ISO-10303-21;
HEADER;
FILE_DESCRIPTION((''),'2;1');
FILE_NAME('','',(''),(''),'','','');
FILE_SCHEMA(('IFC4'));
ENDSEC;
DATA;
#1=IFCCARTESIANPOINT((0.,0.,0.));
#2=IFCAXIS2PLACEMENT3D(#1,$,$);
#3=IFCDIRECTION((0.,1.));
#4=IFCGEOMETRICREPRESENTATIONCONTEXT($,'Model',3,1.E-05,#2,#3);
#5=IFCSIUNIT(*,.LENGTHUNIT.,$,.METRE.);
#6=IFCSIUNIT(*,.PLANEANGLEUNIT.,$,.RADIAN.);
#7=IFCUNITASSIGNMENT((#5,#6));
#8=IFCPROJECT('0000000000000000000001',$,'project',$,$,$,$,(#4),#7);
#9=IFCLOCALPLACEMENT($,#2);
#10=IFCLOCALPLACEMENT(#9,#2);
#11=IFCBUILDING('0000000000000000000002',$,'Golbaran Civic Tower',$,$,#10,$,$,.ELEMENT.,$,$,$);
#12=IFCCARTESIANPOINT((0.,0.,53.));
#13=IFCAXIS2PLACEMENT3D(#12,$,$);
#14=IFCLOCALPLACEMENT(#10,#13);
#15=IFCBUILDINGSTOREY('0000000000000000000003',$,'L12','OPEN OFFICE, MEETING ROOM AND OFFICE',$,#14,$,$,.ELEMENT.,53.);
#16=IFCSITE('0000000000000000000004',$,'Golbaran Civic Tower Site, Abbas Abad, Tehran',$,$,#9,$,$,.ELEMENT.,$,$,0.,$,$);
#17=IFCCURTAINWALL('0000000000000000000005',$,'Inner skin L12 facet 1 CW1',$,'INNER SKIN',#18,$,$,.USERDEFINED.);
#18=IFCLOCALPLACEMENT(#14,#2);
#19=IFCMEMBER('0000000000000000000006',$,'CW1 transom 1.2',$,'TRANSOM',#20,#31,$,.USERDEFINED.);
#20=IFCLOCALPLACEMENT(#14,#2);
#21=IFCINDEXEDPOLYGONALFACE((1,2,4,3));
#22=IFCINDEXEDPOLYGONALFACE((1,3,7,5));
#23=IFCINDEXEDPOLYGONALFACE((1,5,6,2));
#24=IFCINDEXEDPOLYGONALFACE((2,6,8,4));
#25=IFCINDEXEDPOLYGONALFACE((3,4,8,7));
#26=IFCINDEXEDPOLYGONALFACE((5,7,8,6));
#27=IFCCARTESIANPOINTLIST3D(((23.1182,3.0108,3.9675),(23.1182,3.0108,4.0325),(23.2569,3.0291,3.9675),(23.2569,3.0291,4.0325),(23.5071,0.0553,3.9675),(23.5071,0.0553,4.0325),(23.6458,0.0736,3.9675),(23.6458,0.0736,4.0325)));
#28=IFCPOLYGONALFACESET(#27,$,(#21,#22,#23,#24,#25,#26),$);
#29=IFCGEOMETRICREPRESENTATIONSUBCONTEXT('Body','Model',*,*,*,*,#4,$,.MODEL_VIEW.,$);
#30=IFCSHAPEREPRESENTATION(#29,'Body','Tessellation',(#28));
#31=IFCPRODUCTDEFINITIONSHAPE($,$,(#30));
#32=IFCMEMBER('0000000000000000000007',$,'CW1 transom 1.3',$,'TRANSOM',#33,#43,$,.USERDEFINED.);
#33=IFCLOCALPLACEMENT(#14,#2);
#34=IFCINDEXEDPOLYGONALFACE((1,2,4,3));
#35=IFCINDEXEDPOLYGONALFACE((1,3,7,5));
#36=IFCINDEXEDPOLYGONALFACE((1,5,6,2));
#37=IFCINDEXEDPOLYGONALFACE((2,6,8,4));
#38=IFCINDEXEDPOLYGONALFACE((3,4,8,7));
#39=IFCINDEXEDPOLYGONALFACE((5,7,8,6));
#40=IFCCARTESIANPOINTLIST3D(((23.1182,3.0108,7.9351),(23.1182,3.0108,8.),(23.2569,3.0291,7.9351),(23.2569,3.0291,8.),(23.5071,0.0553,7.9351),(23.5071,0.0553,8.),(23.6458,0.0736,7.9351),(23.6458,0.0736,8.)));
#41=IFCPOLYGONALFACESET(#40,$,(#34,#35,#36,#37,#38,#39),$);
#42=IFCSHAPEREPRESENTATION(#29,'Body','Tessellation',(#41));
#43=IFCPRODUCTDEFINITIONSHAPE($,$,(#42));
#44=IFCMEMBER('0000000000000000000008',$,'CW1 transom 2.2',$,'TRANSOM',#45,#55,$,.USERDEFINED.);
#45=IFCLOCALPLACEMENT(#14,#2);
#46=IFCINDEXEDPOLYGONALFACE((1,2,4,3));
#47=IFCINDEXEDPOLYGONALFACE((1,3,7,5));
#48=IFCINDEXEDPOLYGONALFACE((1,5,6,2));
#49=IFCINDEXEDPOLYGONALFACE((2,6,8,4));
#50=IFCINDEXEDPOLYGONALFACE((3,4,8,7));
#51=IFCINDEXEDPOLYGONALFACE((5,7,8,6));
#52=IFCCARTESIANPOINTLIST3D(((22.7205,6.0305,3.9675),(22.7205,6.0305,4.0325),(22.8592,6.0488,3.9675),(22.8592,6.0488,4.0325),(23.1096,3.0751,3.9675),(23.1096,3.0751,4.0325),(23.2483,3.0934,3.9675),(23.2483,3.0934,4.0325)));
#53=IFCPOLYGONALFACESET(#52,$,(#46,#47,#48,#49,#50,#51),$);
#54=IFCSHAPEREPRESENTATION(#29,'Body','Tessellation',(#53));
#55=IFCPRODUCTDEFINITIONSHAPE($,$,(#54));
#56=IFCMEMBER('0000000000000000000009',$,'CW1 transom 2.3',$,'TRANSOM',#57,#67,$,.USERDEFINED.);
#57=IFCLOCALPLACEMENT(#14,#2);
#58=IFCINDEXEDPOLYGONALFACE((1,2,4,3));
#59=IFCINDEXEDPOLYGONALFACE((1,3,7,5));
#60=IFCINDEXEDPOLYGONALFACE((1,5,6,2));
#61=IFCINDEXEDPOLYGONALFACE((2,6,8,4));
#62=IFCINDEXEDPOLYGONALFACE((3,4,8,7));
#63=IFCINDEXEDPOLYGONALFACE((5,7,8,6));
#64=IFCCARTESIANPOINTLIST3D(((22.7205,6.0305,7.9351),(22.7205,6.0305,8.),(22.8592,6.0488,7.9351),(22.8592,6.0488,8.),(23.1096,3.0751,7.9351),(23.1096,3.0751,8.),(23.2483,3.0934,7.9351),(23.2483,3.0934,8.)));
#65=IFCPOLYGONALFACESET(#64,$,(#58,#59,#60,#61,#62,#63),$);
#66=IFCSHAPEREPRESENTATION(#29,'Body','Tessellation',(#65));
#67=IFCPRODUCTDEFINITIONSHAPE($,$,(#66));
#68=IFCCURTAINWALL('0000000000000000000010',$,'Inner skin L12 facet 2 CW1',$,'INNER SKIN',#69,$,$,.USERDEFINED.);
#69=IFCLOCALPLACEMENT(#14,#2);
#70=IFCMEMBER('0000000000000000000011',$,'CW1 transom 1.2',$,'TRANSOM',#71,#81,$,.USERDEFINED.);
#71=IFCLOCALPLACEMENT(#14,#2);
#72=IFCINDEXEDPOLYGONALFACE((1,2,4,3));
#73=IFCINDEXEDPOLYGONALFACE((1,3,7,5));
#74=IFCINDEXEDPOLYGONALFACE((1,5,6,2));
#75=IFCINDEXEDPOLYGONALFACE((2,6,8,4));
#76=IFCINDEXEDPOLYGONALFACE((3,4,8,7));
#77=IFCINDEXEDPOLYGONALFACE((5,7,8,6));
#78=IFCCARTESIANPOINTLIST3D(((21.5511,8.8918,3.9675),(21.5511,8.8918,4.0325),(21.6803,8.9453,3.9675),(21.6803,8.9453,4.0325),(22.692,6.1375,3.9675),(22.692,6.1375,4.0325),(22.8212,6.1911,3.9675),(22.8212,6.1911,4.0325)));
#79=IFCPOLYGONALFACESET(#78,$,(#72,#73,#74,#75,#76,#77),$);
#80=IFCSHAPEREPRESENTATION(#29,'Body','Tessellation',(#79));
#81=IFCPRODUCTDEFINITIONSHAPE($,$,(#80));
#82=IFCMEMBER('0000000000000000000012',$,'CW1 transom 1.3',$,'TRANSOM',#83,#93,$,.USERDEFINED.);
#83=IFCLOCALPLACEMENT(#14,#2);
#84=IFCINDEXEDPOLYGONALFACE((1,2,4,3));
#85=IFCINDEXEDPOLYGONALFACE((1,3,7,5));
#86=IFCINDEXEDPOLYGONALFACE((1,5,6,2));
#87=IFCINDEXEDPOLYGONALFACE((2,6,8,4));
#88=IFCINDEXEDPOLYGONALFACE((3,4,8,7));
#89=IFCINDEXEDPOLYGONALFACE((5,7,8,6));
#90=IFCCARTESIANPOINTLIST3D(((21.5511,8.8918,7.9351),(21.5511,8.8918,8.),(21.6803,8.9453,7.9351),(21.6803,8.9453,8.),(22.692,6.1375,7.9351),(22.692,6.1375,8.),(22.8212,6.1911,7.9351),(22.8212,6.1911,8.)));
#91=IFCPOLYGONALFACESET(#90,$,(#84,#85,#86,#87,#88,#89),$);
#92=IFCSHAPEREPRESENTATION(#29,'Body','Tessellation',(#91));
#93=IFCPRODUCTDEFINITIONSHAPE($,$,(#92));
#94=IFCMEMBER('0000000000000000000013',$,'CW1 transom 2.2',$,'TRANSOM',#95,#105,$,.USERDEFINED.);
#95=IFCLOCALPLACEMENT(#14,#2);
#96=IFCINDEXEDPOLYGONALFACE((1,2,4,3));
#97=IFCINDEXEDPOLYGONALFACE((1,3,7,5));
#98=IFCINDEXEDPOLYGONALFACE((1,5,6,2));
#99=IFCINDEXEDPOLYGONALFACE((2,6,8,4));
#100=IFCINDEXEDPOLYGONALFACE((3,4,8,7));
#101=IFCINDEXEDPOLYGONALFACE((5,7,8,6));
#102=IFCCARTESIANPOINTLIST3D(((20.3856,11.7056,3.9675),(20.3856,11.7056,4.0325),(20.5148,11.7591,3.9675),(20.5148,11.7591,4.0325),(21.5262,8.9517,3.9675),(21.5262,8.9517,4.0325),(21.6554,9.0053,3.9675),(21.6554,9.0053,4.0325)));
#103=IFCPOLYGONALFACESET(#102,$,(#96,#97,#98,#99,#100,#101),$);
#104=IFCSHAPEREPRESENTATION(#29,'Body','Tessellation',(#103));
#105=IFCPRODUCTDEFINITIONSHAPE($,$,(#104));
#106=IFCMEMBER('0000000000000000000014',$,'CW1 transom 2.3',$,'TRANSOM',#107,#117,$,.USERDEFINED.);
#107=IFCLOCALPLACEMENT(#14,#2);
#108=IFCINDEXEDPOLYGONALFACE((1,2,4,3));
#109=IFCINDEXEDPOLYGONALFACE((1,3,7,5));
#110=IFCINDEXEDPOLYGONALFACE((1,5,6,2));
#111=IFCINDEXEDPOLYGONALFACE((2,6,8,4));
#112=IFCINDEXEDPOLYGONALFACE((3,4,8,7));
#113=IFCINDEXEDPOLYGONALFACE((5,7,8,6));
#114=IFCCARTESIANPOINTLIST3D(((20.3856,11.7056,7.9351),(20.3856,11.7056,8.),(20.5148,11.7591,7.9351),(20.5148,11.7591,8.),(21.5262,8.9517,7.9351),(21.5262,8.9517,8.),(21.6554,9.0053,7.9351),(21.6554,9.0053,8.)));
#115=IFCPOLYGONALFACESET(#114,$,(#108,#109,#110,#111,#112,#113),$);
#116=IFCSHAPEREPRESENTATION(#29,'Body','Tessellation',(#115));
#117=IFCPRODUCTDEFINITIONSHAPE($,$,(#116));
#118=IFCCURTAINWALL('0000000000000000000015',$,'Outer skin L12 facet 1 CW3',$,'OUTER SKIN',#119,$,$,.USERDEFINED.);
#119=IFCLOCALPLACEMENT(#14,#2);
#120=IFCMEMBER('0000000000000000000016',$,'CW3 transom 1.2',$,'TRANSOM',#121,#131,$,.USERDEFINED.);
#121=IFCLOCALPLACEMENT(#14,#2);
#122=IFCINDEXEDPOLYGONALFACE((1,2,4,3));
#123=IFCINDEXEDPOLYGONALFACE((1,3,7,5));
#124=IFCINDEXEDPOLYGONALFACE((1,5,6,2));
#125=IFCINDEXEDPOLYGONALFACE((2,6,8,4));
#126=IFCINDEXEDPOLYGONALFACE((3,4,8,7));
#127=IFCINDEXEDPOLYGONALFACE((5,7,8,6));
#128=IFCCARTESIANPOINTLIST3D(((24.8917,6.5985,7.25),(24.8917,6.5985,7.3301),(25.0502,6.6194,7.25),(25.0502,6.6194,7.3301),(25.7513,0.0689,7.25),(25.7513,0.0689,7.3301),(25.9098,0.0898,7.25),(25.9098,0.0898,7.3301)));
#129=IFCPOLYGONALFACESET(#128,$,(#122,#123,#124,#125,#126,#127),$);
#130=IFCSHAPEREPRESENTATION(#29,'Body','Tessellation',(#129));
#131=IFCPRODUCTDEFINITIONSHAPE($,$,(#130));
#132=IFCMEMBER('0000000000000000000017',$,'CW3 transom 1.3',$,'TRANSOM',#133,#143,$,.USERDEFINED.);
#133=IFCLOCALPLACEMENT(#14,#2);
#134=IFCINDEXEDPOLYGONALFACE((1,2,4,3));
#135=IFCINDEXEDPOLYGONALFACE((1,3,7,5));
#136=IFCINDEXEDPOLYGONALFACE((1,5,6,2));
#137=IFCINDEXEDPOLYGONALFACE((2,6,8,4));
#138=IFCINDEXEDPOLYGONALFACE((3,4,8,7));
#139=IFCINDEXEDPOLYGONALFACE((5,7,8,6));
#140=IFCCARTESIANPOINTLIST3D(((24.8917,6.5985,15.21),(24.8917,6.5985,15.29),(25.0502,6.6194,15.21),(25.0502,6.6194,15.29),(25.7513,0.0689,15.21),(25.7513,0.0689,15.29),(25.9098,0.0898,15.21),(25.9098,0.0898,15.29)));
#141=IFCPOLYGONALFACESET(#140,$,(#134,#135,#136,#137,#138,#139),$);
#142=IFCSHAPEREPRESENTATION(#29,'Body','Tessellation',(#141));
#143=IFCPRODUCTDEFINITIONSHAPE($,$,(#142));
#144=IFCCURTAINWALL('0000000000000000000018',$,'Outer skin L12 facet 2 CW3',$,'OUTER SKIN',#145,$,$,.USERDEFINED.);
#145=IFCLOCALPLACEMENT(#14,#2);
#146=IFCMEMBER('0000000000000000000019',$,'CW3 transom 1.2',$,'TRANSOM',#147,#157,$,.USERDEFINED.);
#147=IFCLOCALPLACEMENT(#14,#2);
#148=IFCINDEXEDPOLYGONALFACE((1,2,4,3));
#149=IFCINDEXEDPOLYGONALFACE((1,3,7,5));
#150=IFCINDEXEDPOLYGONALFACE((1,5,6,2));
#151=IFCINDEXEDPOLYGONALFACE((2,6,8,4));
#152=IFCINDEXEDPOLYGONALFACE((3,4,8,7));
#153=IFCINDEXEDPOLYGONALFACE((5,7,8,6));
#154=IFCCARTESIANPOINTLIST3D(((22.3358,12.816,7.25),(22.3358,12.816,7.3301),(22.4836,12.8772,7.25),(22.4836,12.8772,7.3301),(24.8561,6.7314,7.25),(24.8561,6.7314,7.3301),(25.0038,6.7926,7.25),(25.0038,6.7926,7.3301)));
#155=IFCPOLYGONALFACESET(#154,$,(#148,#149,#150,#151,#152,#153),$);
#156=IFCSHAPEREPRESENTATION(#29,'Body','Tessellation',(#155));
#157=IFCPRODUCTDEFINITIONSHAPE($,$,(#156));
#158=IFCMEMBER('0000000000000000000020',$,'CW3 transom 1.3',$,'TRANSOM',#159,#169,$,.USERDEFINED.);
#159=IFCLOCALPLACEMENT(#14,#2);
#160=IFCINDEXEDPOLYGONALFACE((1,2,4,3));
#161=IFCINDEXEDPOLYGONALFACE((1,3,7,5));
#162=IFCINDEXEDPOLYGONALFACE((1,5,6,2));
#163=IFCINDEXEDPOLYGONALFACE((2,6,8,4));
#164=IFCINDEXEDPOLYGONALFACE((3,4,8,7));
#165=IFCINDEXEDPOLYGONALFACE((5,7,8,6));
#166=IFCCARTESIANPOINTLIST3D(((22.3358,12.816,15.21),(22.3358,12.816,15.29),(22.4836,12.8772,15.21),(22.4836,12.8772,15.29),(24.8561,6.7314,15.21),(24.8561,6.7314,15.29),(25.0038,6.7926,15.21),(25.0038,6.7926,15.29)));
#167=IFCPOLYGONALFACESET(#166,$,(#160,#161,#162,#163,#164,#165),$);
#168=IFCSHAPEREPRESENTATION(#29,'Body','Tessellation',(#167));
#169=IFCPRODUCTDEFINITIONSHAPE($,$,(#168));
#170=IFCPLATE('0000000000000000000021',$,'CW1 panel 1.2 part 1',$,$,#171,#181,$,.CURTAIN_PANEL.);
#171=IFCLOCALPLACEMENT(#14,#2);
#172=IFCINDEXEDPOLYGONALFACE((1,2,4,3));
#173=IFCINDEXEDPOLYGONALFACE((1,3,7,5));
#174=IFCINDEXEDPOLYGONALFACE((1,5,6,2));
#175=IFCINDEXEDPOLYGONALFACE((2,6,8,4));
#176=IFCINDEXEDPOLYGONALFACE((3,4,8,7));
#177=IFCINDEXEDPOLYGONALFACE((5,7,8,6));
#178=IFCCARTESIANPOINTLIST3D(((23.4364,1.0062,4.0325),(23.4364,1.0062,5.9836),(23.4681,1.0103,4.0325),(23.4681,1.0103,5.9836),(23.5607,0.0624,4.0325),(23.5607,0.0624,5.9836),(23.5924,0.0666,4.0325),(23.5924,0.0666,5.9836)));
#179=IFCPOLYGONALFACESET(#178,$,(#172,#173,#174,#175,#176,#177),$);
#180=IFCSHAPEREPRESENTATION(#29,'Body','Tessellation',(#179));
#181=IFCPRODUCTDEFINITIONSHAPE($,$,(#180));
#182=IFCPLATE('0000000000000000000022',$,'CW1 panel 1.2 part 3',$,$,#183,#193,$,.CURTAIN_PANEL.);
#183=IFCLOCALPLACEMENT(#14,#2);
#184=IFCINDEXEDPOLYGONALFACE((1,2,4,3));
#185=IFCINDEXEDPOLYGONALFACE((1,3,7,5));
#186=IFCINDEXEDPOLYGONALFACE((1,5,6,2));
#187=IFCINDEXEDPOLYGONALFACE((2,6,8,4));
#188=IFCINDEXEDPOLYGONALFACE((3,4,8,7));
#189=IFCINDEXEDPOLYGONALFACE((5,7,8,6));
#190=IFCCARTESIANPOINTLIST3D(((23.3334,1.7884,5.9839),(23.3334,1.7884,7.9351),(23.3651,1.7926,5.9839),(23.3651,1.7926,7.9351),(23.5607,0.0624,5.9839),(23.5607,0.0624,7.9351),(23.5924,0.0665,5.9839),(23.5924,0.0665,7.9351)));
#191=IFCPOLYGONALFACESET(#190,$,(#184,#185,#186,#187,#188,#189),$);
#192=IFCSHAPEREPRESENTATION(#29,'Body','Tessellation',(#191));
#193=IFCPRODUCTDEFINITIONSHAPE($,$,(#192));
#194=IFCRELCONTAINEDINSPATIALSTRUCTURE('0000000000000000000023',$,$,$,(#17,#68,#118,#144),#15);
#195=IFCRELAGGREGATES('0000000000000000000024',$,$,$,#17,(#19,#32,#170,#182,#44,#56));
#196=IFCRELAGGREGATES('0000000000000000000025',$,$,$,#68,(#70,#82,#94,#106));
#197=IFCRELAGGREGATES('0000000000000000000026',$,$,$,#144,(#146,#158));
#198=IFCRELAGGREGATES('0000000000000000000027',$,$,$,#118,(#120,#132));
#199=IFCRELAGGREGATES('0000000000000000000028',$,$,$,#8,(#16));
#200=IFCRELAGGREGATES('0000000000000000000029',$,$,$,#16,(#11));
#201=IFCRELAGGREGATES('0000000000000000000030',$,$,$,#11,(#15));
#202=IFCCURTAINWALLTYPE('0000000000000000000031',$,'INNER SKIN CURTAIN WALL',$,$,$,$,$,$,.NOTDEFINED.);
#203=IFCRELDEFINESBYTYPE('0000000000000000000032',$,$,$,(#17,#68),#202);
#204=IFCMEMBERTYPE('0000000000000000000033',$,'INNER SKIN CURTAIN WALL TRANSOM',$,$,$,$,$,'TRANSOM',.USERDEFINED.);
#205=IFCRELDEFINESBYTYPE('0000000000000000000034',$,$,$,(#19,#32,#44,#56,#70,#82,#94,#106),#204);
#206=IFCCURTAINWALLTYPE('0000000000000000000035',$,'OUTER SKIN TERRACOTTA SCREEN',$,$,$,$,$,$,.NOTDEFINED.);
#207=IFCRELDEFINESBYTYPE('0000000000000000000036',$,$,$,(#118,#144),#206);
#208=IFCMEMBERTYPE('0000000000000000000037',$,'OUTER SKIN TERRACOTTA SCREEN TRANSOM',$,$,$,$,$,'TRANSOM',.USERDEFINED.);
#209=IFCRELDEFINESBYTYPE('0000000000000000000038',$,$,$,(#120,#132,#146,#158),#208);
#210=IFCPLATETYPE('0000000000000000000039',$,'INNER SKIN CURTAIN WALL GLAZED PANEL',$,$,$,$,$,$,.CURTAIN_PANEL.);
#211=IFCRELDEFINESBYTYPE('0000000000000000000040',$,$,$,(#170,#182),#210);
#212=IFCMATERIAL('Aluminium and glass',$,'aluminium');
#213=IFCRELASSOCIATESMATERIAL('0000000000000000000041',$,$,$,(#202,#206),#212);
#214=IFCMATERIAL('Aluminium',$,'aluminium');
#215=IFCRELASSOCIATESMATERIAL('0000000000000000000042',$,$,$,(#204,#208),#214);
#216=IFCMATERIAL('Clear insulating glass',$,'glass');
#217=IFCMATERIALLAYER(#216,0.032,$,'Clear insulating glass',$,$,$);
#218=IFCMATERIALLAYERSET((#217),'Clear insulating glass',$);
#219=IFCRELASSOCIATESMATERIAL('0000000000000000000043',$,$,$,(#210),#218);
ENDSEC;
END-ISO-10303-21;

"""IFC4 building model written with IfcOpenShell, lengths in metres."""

from ifc_helpers import new_model, si_unit, direction, frame, origin, origin_2d, place, context, subcontext, project, spatial, rectangle, extrude, material, layer, layer_set, material_profile, profile_set, type_object, element, aggregate, save


model = new_model("IFC4")

# Units and contexts
model_context = context("Model", 3, precision=1e-05, world=origin(), true_north=direction((0.0, 1.0)))
body_context = subcontext(model_context, "Body", "Model", "MODEL_VIEW")
ifc_project = project(units=[si_unit("LENGTHUNIT", "METRE"), si_unit("PLANEANGLEUNIT", "RADIAN")], contexts=[model_context])

# Site, building, storey
site_placement = place(None, origin())
site = spatial("IfcSite", under=ifc_project, at=site_placement, Name="Golbaran Civic Tower Site, Abbas Abad, Tehran", CompositionType="ELEMENT", RefElevation=0.0)
building_placement = place(site_placement, origin())
building = spatial("IfcBuilding", under=site, at=building_placement, Name="Golbaran Civic Tower", CompositionType="ELEMENT")
storey_placement = place(building_placement, frame((0.0, 0.0, 53.0)))
storey = spatial("IfcBuildingStorey", under=building, at=storey_placement, Name="L12", Description="OPEN OFFICE, MEETING ROOM AND OFFICE", CompositionType="ELEMENT", Elevation=53.0)

# Curtain walls, members
ifc_material_1 = material(Name="Aluminium and glass", Category="aluminium")
curtain_wall_type_1 = type_object("IfcCurtainWallType", Name="INNER SKIN CURTAIN WALL", PredefinedType="NOTDEFINED", material=ifc_material_1)
curtain_wall_1_placement = place(storey_placement, origin())
curtain_wall_1 = element("IfcCurtainWall", 1, at=curtain_wall_1_placement, inside=storey, type_object=curtain_wall_type_1, Name="Inner skin L12 facet 1 CW1", ObjectType="INNER SKIN", PredefinedType="USERDEFINED")
ifc_material_2 = material(Name="Aluminium", Category="aluminium")
ifc_material_profile_1 = material_profile(ifc_material_2, rectangle(XDim=0.1399, YDim=0.0649, at=origin_2d()), Name="INNER SKIN CURTAIN WALL TRANSOM")
ifc_profile_set_1 = profile_set([ifc_material_profile_1], Name="Aluminium")
member_type_1 = type_object("IfcMemberType", Name="INNER SKIN CURTAIN WALL TRANSOM", ElementType="TRANSOM", PredefinedType="USERDEFINED", material=ifc_profile_set_1)
member_1_placement = place(storey_placement, frame((23.5764, 0.0645, 4.0), z_axis=(-0.130463, 0.991453, 0.0), x_axis=(-0.991453, -0.130463, 0.0)))
member_1 = element("IfcMember", 2, at=member_1_placement, type_object=member_type_1, Name="CW1 transom 1.2", ObjectType="TRANSOM", PredefinedType="USERDEFINED", context=body_context, shape_type="SweptSolid", body=[
    extrude(rectangle(XDim=0.1399, YDim=0.0649, at=origin_2d()), origin(), (0.0, 0.0, 1.0), 2.981),
])
member_2_placement = place(storey_placement, frame((23.5764, 0.0645, 7.9675), z_axis=(-0.130463, 0.991453, 0.0), x_axis=(-0.991453, -0.130463, 0.0)))
member_2 = element("IfcMember", 3, at=member_2_placement, type_object=member_type_1, Name="CW1 transom 1.3", ObjectType="TRANSOM", PredefinedType="USERDEFINED", context=body_context, shape_type="SweptSolid", body=[
    extrude(rectangle(XDim=0.1399, YDim=0.0649, at=origin_2d()), origin(), (0.0, 0.0, 1.0), 2.981),
])
member_3_placement = place(storey_placement, frame((23.179, 3.0842, 4.0), z_axis=(-0.130543, 0.991443, 0.0), x_axis=(-0.991443, -0.130543, 0.0)))
member_3 = element("IfcMember", 4, at=member_3_placement, type_object=member_type_1, Name="CW1 transom 2.2", ObjectType="TRANSOM", PredefinedType="USERDEFINED", context=body_context, shape_type="SweptSolid", body=[
    extrude(rectangle(XDim=0.1399, YDim=0.0649, at=origin_2d()), origin(), (0.0, 0.0, 1.0), 2.981),
])
member_4_placement = place(storey_placement, frame((23.179, 3.0842, 7.9675), z_axis=(-0.130543, 0.991443, 0.0), x_axis=(-0.991443, -0.130543, 0.0)))
member_4 = element("IfcMember", 5, at=member_4_placement, type_object=member_type_1, Name="CW1 transom 2.3", ObjectType="TRANSOM", PredefinedType="USERDEFINED", context=body_context, shape_type="SweptSolid", body=[
    extrude(rectangle(XDim=0.1399, YDim=0.0649, at=origin_2d()), origin(), (0.0, 0.0, 1.0), 2.981),
])
curtain_wall_2_placement = place(storey_placement, origin())
curtain_wall_2 = element("IfcCurtainWall", 6, at=curtain_wall_2_placement, inside=storey, type_object=curtain_wall_type_1, Name="Inner skin L12 facet 2 CW1", ObjectType="INNER SKIN", PredefinedType="USERDEFINED")
member_5_placement = place(storey_placement, frame((22.7566, 6.1643, 4.0), z_axis=(-0.382701, 0.923872, 0.0), x_axis=(-0.923872, -0.382701, 0.0)))
member_5 = element("IfcMember", 7, at=member_5_placement, type_object=member_type_1, Name="CW1 transom 1.2", ObjectType="TRANSOM", PredefinedType="USERDEFINED", context=body_context, shape_type="SweptSolid", body=[
    extrude(rectangle(XDim=0.1399, YDim=0.0649, at=origin_2d()), origin(), (0.0, 0.0, 1.0), 2.9812),
])
member_6_placement = place(storey_placement, frame((22.7566, 6.1643, 7.9675), z_axis=(-0.382701, 0.923872, 0.0), x_axis=(-0.923872, -0.382701, 0.0)))
member_6 = element("IfcMember", 8, at=member_6_placement, type_object=member_type_1, Name="CW1 transom 1.3", ObjectType="TRANSOM", PredefinedType="USERDEFINED", context=body_context, shape_type="SweptSolid", body=[
    extrude(rectangle(XDim=0.1399, YDim=0.0649, at=origin_2d()), origin(), (0.0, 0.0, 1.0), 2.9812),
])
member_7_placement = place(storey_placement, frame((21.5908, 8.9785, 4.0), z_axis=(-0.38266, 0.923889, 0.0), x_axis=(-0.923889, -0.38266, 0.0)))
member_7 = element("IfcMember", 9, at=member_7_placement, type_object=member_type_1, Name="CW1 transom 2.2", ObjectType="TRANSOM", PredefinedType="USERDEFINED", context=body_context, shape_type="SweptSolid", body=[
    extrude(rectangle(XDim=0.1399, YDim=0.0649, at=origin_2d()), origin(), (0.0, 0.0, 1.0), 2.9807),
])
member_8_placement = place(storey_placement, frame((21.5908, 8.9785, 7.9675), z_axis=(-0.38266, 0.923889, 0.0), x_axis=(-0.923889, -0.38266, 0.0)))
member_8 = element("IfcMember", 10, at=member_8_placement, type_object=member_type_1, Name="CW1 transom 2.3", ObjectType="TRANSOM", PredefinedType="USERDEFINED", context=body_context, shape_type="SweptSolid", body=[
    extrude(rectangle(XDim=0.1399, YDim=0.0649, at=origin_2d()), origin(), (0.0, 0.0, 1.0), 2.9807),
])
curtain_wall_type_2 = type_object("IfcCurtainWallType", Name="OUTER SKIN TERRACOTTA SCREEN", PredefinedType="NOTDEFINED", material=ifc_material_1)
curtain_wall_3_placement = place(storey_placement, origin())
curtain_wall_3 = element("IfcCurtainWall", 11, at=curtain_wall_3_placement, inside=storey, type_object=curtain_wall_type_2, Name="Outer skin L12 facet 1 CW3", ObjectType="OUTER SKIN", PredefinedType="USERDEFINED")
ifc_material_profile_2 = material_profile(ifc_material_2, rectangle(XDim=0.1599, YDim=0.0801, at=origin_2d()), Name="OUTER SKIN TERRACOTTA SCREEN TRANSOM")
ifc_profile_set_2 = profile_set([ifc_material_profile_2], Name="Aluminium")
member_type_2 = type_object("IfcMemberType", Name="OUTER SKIN TERRACOTTA SCREEN TRANSOM", ElementType="TRANSOM", PredefinedType="USERDEFINED", material=ifc_profile_set_2)
member_9_placement = place(storey_placement, frame((25.8306, 0.0793, 7.29), z_axis=(-0.130525, 0.991445, 0.0), x_axis=(-0.991445, -0.130525, 0.0)))
member_9 = element("IfcMember", 12, at=member_9_placement, type_object=member_type_2, Name="CW3 transom 1.2", ObjectType="TRANSOM", PredefinedType="USERDEFINED", context=body_context, shape_type="SweptSolid", body=[
    extrude(rectangle(XDim=0.1599, YDim=0.0801, at=origin_2d()), origin(), (0.0, 0.0, 1.0), 6.5859),
])
member_10_placement = place(storey_placement, frame((25.8306, 0.0793, 15.25), z_axis=(-0.130525, 0.991445, 0.0), x_axis=(-0.991445, -0.130525, 0.0)))
member_10 = element("IfcMember", 13, at=member_10_placement, type_object=member_type_2, Name="CW3 transom 1.3", ObjectType="TRANSOM", PredefinedType="USERDEFINED", context=body_context, shape_type="SweptSolid", body=[
    extrude(rectangle(XDim=0.1599, YDim=0.0801, at=origin_2d()), origin(), (0.0, 0.0, 1.0), 6.5859),
])
curtain_wall_4_placement = place(storey_placement, origin())
curtain_wall_4 = element("IfcCurtainWall", 14, at=curtain_wall_4_placement, inside=storey, type_object=curtain_wall_type_2, Name="Outer skin L12 facet 2 CW3", ObjectType="OUTER SKIN", PredefinedType="USERDEFINED")
member_11_placement = place(storey_placement, frame((24.9299, 6.762, 7.29), z_axis=(-0.382669, 0.923885, 0.0), x_axis=(-0.923885, -0.382669, 0.0)))
member_11 = element("IfcMember", 15, at=member_11_placement, type_object=member_type_2, Name="CW3 transom 1.2", ObjectType="TRANSOM", PredefinedType="USERDEFINED", context=body_context, shape_type="SweptSolid", body=[
    extrude(rectangle(XDim=0.1599, YDim=0.0801, at=origin_2d()), origin(), (0.0, 0.0, 1.0), 6.5859),
])
member_12_placement = place(storey_placement, frame((24.9299, 6.762, 15.25), z_axis=(-0.382669, 0.923885, 0.0), x_axis=(-0.923885, -0.382669, 0.0)))
member_12 = element("IfcMember", 16, at=member_12_placement, type_object=member_type_2, Name="CW3 transom 1.3", ObjectType="TRANSOM", PredefinedType="USERDEFINED", context=body_context, shape_type="SweptSolid", body=[
    extrude(rectangle(XDim=0.1599, YDim=0.0801, at=origin_2d()), origin(), (0.0, 0.0, 1.0), 6.5859),
])

# Plates
ifc_material_3 = material(Name="Clear insulating glass", Category="glass")
ifc_layer_1 = layer(ifc_material_3, 0.032, Name="Clear insulating glass")
ifc_layer_set_1 = layer_set([ifc_layer_1], Name="Clear insulating glass")
plate_type_1 = type_object("IfcPlateType", Name="INNER SKIN CURTAIN WALL GLAZED PANEL", PredefinedType="CURTAIN_PANEL", material=ifc_layer_set_1)
plate_1_placement = place(storey_placement, frame((23.5144, 0.5364, 4.0325), z_axis=(0.0, 0.0, 1.0), x_axis=(-0.130526, 0.991445, 0.0)))
plate_1 = element("IfcPlate", 17, at=plate_1_placement, type_object=plate_type_1, Name="CW1 panel 1.2 part 1", PredefinedType="CURTAIN_PANEL", context=body_context, shape_type="SweptSolid", body=[
    extrude(rectangle(XDim=0.9519, YDim=0.032, at=origin_2d()), origin(), (0.0, 0.0, 1.0), 1.9512),
])
plate_2_placement = place(storey_placement, frame((23.4629, 0.9275, 5.9839), z_axis=(0.0, 0.0, 1.0), x_axis=(-0.130526, 0.991445, 0.0)))
plate_2 = element("IfcPlate", 18, at=plate_2_placement, type_object=plate_type_1, Name="CW1 panel 1.2 part 3", PredefinedType="CURTAIN_PANEL", context=body_context, shape_type="SweptSolid", body=[
    extrude(rectangle(XDim=1.741, YDim=0.032, at=origin_2d()), origin(), (0.0, 0.0, 1.0), 1.9512),
])
aggregate(curtain_wall_1, [member_1, member_2, plate_1, plate_2, member_3, member_4])
aggregate(curtain_wall_2, [member_5, member_6, member_7, member_8])
aggregate(curtain_wall_4, [member_11, member_12])
aggregate(curtain_wall_3, [member_9, member_10])

save(model, "model.ifc")
